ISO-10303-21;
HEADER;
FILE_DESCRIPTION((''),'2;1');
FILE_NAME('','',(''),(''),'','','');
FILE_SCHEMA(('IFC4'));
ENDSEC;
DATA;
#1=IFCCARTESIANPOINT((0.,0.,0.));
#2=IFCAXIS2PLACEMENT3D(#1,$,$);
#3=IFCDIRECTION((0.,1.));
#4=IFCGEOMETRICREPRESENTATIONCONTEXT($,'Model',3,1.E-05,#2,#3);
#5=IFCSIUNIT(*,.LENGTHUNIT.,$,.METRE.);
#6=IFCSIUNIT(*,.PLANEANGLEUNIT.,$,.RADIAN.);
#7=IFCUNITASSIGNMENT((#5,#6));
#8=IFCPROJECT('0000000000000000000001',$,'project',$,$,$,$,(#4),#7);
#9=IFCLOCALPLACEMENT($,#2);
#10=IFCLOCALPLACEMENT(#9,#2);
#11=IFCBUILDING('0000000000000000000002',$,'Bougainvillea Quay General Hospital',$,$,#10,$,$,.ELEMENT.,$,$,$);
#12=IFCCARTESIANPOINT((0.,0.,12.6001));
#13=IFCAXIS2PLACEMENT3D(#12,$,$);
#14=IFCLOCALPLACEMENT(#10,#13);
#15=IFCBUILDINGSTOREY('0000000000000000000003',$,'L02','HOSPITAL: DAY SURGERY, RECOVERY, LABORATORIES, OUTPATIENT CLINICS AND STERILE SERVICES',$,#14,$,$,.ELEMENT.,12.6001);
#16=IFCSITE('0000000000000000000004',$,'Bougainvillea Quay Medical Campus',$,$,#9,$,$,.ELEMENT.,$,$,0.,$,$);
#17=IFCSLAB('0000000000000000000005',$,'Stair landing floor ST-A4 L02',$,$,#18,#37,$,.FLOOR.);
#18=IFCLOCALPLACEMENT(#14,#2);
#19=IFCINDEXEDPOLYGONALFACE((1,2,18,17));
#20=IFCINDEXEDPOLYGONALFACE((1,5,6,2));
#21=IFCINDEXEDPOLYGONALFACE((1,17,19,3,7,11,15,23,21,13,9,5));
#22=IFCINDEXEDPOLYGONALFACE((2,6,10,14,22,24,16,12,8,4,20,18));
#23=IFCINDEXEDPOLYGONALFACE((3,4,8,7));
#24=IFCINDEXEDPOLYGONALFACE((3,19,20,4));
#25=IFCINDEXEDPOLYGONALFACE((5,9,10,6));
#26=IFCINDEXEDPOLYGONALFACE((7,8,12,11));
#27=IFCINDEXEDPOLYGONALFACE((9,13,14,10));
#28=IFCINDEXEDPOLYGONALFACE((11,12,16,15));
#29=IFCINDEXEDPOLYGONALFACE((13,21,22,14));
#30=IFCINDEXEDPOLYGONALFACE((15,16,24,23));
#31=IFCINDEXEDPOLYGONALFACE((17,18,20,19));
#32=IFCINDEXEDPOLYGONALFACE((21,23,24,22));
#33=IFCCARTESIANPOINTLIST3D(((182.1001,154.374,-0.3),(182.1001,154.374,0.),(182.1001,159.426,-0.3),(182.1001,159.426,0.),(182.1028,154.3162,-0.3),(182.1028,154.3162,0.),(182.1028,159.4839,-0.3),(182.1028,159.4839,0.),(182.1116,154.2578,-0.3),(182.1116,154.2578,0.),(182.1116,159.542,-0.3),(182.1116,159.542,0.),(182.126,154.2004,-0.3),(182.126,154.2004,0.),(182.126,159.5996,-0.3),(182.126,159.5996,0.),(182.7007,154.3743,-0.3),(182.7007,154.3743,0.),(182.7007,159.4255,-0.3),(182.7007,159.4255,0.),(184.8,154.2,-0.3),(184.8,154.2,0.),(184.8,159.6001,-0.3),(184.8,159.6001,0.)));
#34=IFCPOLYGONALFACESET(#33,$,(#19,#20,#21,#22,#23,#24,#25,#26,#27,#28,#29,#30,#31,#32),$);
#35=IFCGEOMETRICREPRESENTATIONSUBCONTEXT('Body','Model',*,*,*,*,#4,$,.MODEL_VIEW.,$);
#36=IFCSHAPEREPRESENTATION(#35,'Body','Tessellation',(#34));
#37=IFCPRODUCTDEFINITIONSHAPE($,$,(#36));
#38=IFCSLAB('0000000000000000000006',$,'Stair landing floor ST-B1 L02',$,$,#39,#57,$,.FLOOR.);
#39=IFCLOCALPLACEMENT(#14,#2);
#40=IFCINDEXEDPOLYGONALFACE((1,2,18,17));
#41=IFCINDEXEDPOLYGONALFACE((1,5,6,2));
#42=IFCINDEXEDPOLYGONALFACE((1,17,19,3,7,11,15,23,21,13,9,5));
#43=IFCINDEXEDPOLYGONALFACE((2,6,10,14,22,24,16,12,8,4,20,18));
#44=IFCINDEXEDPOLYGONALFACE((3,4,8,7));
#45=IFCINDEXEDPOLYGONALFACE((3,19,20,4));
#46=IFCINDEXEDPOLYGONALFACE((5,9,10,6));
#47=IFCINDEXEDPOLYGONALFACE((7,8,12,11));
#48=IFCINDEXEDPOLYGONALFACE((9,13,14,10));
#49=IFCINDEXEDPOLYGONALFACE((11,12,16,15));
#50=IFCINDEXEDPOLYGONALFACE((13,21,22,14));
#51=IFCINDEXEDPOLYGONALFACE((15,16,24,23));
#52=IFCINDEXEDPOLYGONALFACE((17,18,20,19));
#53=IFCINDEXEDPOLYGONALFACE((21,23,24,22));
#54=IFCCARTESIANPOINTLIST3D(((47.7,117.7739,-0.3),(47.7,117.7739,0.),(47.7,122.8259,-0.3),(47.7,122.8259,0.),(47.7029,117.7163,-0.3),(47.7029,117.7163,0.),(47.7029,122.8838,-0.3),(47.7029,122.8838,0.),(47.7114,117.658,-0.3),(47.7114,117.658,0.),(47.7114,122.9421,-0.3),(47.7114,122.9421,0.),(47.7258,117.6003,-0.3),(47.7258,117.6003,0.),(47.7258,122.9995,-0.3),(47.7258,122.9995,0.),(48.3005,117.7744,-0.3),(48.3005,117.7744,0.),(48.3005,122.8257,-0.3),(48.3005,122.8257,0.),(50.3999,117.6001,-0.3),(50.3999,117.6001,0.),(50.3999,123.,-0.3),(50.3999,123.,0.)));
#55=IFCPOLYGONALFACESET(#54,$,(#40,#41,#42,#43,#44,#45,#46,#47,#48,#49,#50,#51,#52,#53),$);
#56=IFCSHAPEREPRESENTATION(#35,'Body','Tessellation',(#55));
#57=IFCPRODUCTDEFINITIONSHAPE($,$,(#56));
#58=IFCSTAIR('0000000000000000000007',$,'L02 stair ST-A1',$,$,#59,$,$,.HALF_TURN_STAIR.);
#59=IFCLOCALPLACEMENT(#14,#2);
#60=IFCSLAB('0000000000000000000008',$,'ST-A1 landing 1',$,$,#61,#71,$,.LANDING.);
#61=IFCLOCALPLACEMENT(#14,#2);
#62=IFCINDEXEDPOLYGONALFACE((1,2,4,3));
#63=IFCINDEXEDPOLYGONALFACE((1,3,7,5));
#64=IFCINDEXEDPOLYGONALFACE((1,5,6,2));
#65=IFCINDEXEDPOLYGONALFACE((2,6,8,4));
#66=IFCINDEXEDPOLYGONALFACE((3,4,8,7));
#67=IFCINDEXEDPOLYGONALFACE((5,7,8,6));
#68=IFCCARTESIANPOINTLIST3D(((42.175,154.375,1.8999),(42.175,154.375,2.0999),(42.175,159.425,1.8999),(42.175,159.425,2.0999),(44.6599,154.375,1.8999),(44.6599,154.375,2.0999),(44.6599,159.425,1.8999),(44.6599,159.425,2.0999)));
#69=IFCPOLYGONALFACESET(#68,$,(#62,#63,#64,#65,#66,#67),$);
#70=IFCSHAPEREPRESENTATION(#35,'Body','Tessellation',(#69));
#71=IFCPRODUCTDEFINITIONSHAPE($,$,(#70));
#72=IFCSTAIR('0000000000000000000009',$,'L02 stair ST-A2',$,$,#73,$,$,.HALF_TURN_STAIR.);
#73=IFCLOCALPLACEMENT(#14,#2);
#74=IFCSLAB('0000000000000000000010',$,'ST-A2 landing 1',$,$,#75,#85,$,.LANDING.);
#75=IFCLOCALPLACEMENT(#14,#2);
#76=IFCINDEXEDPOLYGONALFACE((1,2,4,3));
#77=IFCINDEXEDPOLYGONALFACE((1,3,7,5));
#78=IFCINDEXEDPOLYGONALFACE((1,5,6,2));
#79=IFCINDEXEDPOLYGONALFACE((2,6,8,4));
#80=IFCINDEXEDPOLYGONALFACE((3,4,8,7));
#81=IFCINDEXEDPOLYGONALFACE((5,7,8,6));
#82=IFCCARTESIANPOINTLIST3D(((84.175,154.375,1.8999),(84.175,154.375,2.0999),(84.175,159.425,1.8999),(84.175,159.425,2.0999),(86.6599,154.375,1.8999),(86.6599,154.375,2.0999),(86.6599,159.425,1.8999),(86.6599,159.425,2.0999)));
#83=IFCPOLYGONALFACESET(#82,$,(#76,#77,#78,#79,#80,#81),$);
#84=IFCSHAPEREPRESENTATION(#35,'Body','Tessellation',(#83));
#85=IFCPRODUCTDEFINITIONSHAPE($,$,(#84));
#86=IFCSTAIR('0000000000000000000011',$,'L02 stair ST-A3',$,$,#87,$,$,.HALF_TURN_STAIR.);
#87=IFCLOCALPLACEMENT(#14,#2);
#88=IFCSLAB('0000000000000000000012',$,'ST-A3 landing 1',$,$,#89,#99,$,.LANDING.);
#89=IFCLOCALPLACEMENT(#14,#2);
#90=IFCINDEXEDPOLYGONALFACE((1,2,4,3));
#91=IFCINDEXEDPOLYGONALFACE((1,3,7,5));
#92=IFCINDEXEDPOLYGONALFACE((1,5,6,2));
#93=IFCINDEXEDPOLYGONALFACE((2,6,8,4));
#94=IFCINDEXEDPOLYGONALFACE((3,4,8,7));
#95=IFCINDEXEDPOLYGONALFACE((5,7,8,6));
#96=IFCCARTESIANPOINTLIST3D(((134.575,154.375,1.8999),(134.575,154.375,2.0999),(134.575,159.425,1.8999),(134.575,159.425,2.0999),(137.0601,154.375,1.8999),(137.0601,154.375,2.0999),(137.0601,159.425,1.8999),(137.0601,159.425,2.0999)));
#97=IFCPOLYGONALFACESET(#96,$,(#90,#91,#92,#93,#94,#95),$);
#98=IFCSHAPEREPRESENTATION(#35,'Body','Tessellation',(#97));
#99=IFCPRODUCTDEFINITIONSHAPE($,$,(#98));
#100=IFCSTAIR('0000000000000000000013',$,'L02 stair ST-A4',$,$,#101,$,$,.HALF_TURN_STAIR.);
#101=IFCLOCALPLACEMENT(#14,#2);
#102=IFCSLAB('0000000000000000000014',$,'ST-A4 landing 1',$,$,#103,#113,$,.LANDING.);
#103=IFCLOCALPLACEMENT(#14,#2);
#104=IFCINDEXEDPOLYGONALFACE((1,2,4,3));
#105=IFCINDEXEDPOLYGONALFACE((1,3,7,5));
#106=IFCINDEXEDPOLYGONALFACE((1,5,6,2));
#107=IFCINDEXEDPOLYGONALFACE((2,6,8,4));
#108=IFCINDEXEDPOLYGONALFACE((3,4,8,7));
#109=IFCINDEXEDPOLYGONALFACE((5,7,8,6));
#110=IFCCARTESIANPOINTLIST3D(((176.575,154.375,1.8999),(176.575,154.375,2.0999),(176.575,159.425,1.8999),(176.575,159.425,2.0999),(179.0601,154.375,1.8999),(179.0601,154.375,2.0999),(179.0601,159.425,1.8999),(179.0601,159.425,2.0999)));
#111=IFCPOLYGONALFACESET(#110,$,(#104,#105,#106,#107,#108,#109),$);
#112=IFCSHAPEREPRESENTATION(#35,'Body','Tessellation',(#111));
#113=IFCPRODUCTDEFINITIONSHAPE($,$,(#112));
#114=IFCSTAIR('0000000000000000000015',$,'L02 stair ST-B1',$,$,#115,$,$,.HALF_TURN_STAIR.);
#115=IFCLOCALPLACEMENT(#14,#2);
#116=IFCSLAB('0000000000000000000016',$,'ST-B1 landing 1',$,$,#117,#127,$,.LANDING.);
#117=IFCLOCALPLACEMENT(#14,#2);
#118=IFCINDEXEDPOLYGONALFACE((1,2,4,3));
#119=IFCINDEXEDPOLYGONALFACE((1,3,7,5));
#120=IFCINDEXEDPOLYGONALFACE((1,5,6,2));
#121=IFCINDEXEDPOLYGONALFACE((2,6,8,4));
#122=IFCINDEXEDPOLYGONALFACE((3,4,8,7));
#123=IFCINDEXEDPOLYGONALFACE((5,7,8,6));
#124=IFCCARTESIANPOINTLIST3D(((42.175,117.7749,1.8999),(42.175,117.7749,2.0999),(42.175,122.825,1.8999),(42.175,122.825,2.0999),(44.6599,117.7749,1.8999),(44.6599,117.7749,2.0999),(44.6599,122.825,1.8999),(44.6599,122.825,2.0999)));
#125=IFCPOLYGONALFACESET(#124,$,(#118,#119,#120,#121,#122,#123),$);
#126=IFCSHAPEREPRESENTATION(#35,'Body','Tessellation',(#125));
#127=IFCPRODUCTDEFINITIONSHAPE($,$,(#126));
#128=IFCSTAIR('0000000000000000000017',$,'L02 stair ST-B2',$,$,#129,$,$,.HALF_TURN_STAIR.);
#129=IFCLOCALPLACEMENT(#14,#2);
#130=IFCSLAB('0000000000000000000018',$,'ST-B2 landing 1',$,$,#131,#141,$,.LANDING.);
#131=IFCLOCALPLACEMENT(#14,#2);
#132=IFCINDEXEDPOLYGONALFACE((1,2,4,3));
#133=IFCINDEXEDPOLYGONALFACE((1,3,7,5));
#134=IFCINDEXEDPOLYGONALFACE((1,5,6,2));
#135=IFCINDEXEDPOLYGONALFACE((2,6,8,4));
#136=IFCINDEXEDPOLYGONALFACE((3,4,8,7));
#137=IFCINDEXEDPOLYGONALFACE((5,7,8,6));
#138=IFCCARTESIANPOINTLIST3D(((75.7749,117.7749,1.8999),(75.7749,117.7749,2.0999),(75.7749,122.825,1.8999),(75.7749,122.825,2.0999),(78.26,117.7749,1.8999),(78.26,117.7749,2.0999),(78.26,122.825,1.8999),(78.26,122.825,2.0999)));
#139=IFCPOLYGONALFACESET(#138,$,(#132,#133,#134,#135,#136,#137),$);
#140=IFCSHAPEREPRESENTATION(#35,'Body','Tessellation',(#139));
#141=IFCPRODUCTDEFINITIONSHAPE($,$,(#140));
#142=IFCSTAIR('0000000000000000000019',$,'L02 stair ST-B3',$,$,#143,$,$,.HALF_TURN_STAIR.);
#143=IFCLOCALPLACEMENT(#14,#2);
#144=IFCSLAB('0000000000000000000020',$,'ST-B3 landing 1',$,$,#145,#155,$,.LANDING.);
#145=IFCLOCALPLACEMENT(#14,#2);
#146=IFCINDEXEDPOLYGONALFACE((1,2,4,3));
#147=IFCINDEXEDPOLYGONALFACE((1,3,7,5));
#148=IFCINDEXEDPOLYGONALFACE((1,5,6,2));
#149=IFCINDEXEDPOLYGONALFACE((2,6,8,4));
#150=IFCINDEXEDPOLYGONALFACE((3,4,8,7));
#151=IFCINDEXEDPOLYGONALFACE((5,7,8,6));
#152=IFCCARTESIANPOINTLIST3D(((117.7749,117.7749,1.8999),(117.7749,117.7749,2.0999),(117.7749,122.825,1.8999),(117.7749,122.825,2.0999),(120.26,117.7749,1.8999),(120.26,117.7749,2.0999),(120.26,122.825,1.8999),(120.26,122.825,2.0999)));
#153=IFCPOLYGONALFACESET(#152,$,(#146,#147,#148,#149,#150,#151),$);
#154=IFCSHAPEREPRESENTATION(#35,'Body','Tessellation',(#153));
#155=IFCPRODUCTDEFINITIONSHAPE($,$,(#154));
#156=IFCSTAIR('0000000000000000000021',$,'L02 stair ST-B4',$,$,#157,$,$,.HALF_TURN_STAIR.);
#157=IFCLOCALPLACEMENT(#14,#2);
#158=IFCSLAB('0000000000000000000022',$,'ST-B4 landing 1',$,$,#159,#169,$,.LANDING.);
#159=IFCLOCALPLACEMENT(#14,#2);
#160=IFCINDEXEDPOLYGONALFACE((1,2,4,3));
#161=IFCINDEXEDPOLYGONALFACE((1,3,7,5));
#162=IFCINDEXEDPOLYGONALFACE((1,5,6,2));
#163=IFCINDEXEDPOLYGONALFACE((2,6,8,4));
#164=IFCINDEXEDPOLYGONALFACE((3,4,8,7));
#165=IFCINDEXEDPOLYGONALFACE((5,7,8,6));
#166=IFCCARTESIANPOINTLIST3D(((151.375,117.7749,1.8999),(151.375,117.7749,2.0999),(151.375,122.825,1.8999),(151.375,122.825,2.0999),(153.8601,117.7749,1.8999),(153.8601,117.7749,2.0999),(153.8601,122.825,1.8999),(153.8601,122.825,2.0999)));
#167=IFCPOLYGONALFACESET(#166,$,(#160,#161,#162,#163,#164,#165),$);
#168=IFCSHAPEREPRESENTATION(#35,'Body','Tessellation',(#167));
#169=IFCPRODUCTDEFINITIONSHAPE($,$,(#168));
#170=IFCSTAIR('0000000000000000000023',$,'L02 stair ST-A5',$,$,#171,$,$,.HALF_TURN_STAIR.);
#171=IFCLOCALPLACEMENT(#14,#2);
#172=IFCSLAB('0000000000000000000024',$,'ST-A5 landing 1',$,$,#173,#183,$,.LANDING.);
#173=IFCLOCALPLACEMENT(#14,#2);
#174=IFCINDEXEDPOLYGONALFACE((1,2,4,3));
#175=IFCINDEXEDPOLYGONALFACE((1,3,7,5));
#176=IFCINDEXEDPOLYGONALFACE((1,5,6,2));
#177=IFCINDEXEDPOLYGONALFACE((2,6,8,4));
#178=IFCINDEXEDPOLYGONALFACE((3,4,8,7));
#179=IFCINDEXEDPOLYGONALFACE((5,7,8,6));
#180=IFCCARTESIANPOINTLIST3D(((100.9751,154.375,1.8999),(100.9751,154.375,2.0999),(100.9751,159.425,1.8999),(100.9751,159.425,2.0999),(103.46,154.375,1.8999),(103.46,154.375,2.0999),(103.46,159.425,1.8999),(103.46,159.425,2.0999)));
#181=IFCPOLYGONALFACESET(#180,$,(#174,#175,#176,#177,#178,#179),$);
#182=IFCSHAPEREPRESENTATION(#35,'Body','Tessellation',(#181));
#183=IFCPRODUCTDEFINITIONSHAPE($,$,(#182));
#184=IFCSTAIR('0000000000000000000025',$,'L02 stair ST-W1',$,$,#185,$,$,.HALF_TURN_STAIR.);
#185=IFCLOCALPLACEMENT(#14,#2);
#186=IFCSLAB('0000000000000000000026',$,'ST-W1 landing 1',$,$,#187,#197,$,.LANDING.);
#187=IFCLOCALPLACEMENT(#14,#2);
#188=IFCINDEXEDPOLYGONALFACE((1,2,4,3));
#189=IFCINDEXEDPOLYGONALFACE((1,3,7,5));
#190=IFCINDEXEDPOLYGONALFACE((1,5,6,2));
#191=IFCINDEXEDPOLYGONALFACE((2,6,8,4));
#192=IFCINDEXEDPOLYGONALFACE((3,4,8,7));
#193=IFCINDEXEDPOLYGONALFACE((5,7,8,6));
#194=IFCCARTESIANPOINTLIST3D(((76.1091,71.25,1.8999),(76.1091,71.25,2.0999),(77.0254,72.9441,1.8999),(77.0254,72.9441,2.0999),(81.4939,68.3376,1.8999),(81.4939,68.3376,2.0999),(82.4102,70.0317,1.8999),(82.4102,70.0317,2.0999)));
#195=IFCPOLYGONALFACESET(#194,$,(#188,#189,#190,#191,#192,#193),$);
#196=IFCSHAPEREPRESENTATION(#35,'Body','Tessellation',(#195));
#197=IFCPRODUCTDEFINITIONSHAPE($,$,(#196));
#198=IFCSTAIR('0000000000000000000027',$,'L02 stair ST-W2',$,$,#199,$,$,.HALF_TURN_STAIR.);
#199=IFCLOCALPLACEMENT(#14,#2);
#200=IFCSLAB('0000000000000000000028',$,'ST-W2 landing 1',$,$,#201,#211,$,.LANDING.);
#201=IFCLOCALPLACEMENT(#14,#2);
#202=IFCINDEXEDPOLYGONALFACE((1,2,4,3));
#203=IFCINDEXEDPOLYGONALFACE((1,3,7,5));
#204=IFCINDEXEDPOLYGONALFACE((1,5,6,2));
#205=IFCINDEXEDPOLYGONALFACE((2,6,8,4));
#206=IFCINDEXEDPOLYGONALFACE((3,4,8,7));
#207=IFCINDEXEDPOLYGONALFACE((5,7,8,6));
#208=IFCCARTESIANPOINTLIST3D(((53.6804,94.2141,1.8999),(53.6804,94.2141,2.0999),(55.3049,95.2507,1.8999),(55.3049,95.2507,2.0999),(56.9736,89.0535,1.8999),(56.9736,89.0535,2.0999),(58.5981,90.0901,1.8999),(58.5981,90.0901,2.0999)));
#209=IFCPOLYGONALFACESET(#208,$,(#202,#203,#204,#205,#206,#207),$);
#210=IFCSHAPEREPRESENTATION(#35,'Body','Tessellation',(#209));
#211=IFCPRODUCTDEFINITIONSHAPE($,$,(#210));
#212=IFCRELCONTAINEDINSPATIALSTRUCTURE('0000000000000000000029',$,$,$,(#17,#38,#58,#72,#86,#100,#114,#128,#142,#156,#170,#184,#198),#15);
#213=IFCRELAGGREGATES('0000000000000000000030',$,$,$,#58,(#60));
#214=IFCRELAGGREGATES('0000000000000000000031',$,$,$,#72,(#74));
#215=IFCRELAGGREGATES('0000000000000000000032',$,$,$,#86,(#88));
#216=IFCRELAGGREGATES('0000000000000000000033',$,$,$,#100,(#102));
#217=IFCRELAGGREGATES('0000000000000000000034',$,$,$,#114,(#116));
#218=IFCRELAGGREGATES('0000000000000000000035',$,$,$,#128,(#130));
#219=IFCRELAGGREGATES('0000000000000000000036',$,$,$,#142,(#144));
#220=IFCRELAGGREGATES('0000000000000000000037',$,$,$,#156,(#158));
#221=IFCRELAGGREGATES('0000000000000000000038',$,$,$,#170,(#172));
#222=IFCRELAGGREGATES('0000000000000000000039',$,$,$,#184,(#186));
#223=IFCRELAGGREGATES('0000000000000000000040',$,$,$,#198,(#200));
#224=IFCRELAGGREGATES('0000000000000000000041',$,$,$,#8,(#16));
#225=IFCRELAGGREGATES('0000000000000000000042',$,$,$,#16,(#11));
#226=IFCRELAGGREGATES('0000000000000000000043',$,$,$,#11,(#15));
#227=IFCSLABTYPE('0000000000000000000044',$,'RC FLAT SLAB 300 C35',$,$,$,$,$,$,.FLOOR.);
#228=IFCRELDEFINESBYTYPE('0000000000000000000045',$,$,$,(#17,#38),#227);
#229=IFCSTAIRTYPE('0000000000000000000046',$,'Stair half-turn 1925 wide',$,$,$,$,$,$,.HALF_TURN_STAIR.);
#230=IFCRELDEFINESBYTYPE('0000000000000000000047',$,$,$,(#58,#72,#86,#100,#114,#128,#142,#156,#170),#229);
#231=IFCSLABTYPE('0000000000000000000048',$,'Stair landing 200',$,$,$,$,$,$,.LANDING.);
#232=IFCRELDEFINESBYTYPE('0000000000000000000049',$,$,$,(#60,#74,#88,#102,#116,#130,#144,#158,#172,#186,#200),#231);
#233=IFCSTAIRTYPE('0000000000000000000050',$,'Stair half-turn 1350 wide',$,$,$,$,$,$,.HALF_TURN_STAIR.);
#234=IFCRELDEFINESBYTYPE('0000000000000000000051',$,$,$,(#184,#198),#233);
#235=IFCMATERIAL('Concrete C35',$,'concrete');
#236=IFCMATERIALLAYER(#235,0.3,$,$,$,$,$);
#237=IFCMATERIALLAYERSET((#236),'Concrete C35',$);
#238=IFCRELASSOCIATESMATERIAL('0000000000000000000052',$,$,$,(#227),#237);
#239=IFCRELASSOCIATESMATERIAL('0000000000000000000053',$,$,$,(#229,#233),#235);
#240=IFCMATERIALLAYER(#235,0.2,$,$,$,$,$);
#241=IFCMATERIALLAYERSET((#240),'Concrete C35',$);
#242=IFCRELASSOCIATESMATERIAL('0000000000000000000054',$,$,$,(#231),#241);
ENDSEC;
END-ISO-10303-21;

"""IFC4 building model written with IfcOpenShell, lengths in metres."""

from ifc_helpers import new_model, si_unit, direction, frame, origin, place, context, subcontext, project, spatial, polyline, outline, extrude, material, layer, layer_set, type_object, element, aggregate, save


model = new_model("IFC4")

# Units and contexts
model_context = context("Model", 3, precision=1e-05, world=origin(), true_north=direction((0.0, 1.0)))
body_context = subcontext(model_context, "Body", "Model", "MODEL_VIEW")
ifc_project = project(units=[si_unit("LENGTHUNIT", "METRE"), si_unit("PLANEANGLEUNIT", "RADIAN")], contexts=[model_context])

# Site, building, storey
site_placement = place(None, origin())
site = spatial("IfcSite", under=ifc_project, at=site_placement, Name="Bougainvillea Quay Medical Campus", CompositionType="ELEMENT", RefElevation=0.0)
building_placement = place(site_placement, origin())
building = spatial("IfcBuilding", under=site, at=building_placement, Name="Bougainvillea Quay General Hospital", CompositionType="ELEMENT")
storey_placement = place(building_placement, frame((0.0, 0.0, 12.6001)))
storey = spatial("IfcBuildingStorey", under=building, at=storey_placement, Name="L02", Description="HOSPITAL: DAY SURGERY, RECOVERY, LABORATORIES, OUTPATIENT CLINICS AND STERILE SERVICES", CompositionType="ELEMENT", Elevation=12.6001)

# Slabs
ifc_material_1 = material(Name="Concrete C35", Category="concrete")
ifc_layer_1 = layer(ifc_material_1, 0.3)
ifc_layer_set_1 = layer_set([ifc_layer_1], Name="Concrete C35")
slab_type_1 = type_object("IfcSlabType", Name="RC FLAT SLAB 300 C35", PredefinedType="FLOOR", material=ifc_layer_set_1)
slab_1_placement = place(storey_placement, frame((0.0, 0.0, -0.3)))
element("IfcSlab", 1, at=slab_1_placement, inside=storey, type_object=slab_type_1, Name="Stair landing floor ST-A4 L02", PredefinedType="FLOOR", context=body_context, shape_type="SweptSolid", body=[
    extrude(outline(polyline([(182.1028, 159.4839), (182.1116, 159.542), (182.126, 159.5996), (184.8, 159.6001), (184.8, 154.2), (182.126, 154.2004), (182.1116, 154.2578), (182.1028, 154.3162), (182.1001, 154.374), (182.7007, 154.3743), (182.7007, 159.4255), (182.1001, 159.426), (182.1028, 159.4839)])), origin(), (0.0, 0.0, 1.0), 0.3),
])
slab_2_placement = place(storey_placement, frame((0.0, 0.0, -0.3)))
element("IfcSlab", 2, at=slab_2_placement, inside=storey, type_object=slab_type_1, Name="Stair landing floor ST-B1 L02", PredefinedType="FLOOR", context=body_context, shape_type="SweptSolid", body=[
    extrude(outline(polyline([(47.7029, 122.8838), (47.7114, 122.9421), (47.7258, 122.9995), (50.3999, 123.0), (50.3999, 117.6001), (47.7258, 117.6003), (47.7114, 117.658), (47.7029, 117.7163), (47.7, 117.7739), (48.3005, 117.7744), (48.3005, 122.8257), (47.7, 122.8259), (47.7029, 122.8838)])), origin(), (0.0, 0.0, 1.0), 0.3),
])

# Stairs, slabs
stair_type_1 = type_object("IfcStairType", Name="Stair half-turn 1925 wide", PredefinedType="HALF_TURN_STAIR", material=ifc_material_1)
stair_1_placement = place(storey_placement, origin())
stair_1 = element("IfcStair", 3, at=stair_1_placement, inside=storey, type_object=stair_type_1, Name="L02 stair ST-A1", PredefinedType="HALF_TURN_STAIR")
ifc_layer_2 = layer(ifc_material_1, 0.2)
ifc_layer_set_2 = layer_set([ifc_layer_2], Name="Concrete C35")
slab_type_2 = type_object("IfcSlabType", Name="Stair landing 200", PredefinedType="LANDING", material=ifc_layer_set_2)
slab_3_placement = place(storey_placement, frame((0.0, 0.0, 1.8999)))
slab_3 = element("IfcSlab", 4, at=slab_3_placement, type_object=slab_type_2, Name="ST-A1 landing 1", PredefinedType="LANDING", context=body_context, shape_type="SweptSolid", body=[
    extrude(outline(polyline([(44.6599, 159.425), (42.175, 159.425), (42.175, 154.375), (44.6599, 154.375), (44.6599, 159.425)])), origin(), (0.0, 0.0, 1.0), 0.2),
])
aggregate(stair_1, [slab_3])
stair_2_placement = place(storey_placement, origin())
stair_2 = element("IfcStair", 5, at=stair_2_placement, inside=storey, type_object=stair_type_1, Name="L02 stair ST-A2", PredefinedType="HALF_TURN_STAIR")
slab_4_placement = place(storey_placement, frame((0.0, 0.0, 1.8999)))
slab_4 = element("IfcSlab", 6, at=slab_4_placement, type_object=slab_type_2, Name="ST-A2 landing 1", PredefinedType="LANDING", context=body_context, shape_type="SweptSolid", body=[
    extrude(outline(polyline([(86.6599, 159.425), (84.175, 159.425), (84.175, 154.375), (86.6599, 154.375), (86.6599, 159.425)])), origin(), (0.0, 0.0, 1.0), 0.2),
])
aggregate(stair_2, [slab_4])
stair_3_placement = place(storey_placement, origin())
stair_3 = element("IfcStair", 7, at=stair_3_placement, inside=storey, type_object=stair_type_1, Name="L02 stair ST-A3", PredefinedType="HALF_TURN_STAIR")
slab_5_placement = place(storey_placement, frame((0.0, 0.0, 1.8999)))
slab_5 = element("IfcSlab", 8, at=slab_5_placement, type_object=slab_type_2, Name="ST-A3 landing 1", PredefinedType="LANDING", context=body_context, shape_type="SweptSolid", body=[
    extrude(outline(polyline([(137.0601, 159.425), (134.575, 159.425), (134.575, 154.375), (137.0601, 154.375), (137.0601, 159.425)])), origin(), (0.0, 0.0, 1.0), 0.2),
])
aggregate(stair_3, [slab_5])
stair_4_placement = place(storey_placement, origin())
stair_4 = element("IfcStair", 9, at=stair_4_placement, inside=storey, type_object=stair_type_1, Name="L02 stair ST-A4", PredefinedType="HALF_TURN_STAIR")
slab_6_placement = place(storey_placement, frame((0.0, 0.0, 1.8999)))
slab_6 = element("IfcSlab", 10, at=slab_6_placement, type_object=slab_type_2, Name="ST-A4 landing 1", PredefinedType="LANDING", context=body_context, shape_type="SweptSolid", body=[
    extrude(outline(polyline([(179.0601, 159.425), (176.575, 159.425), (176.575, 154.375), (179.0601, 154.375), (179.0601, 159.425)])), origin(), (0.0, 0.0, 1.0), 0.2),
])
aggregate(stair_4, [slab_6])
stair_5_placement = place(storey_placement, origin())
stair_5 = element("IfcStair", 11, at=stair_5_placement, inside=storey, type_object=stair_type_1, Name="L02 stair ST-B1", PredefinedType="HALF_TURN_STAIR")
slab_7_placement = place(storey_placement, frame((0.0, 0.0, 1.8999)))
slab_7 = element("IfcSlab", 12, at=slab_7_placement, type_object=slab_type_2, Name="ST-B1 landing 1", PredefinedType="LANDING", context=body_context, shape_type="SweptSolid", body=[
    extrude(outline(polyline([(44.6599, 122.825), (42.175, 122.825), (42.175, 117.7749), (44.6599, 117.7749), (44.6599, 122.825)])), origin(), (0.0, 0.0, 1.0), 0.2),
])
aggregate(stair_5, [slab_7])
stair_6_placement = place(storey_placement, origin())
stair_6 = element("IfcStair", 13, at=stair_6_placement, inside=storey, type_object=stair_type_1, Name="L02 stair ST-B2", PredefinedType="HALF_TURN_STAIR")
slab_8_placement = place(storey_placement, frame((0.0, 0.0, 1.8999)))
slab_8 = element("IfcSlab", 14, at=slab_8_placement, type_object=slab_type_2, Name="ST-B2 landing 1", PredefinedType="LANDING", context=body_context, shape_type="SweptSolid", body=[
    extrude(outline(polyline([(78.26, 122.825), (75.7749, 122.825), (75.7749, 117.7749), (78.26, 117.7749), (78.26, 122.825)])), origin(), (0.0, 0.0, 1.0), 0.2),
])
aggregate(stair_6, [slab_8])
stair_7_placement = place(storey_placement, origin())
stair_7 = element("IfcStair", 15, at=stair_7_placement, inside=storey, type_object=stair_type_1, Name="L02 stair ST-B3", PredefinedType="HALF_TURN_STAIR")
slab_9_placement = place(storey_placement, frame((0.0, 0.0, 1.8999)))
slab_9 = element("IfcSlab", 16, at=slab_9_placement, type_object=slab_type_2, Name="ST-B3 landing 1", PredefinedType="LANDING", context=body_context, shape_type="SweptSolid", body=[
    extrude(outline(polyline([(120.26, 122.825), (117.7749, 122.825), (117.7749, 117.7749), (120.26, 117.7749), (120.26, 122.825)])), origin(), (0.0, 0.0, 1.0), 0.2),
])
aggregate(stair_7, [slab_9])
stair_8_placement = place(storey_placement, origin())
stair_8 = element("IfcStair", 17, at=stair_8_placement, inside=storey, type_object=stair_type_1, Name="L02 stair ST-B4", PredefinedType="HALF_TURN_STAIR")
slab_10_placement = place(storey_placement, frame((0.0, 0.0, 1.8999)))
slab_10 = element("IfcSlab", 18, at=slab_10_placement, type_object=slab_type_2, Name="ST-B4 landing 1", PredefinedType="LANDING", context=body_context, shape_type="SweptSolid", body=[
    extrude(outline(polyline([(153.8601, 122.825), (151.375, 122.825), (151.375, 117.7749), (153.8601, 117.7749), (153.8601, 122.825)])), origin(), (0.0, 0.0, 1.0), 0.2),
])
aggregate(stair_8, [slab_10])
stair_9_placement = place(storey_placement, origin())
stair_9 = element("IfcStair", 19, at=stair_9_placement, inside=storey, type_object=stair_type_1, Name="L02 stair ST-A5", PredefinedType="HALF_TURN_STAIR")
slab_11_placement = place(storey_placement, frame((0.0, 0.0, 1.8999)))
slab_11 = element("IfcSlab", 20, at=slab_11_placement, type_object=slab_type_2, Name="ST-A5 landing 1", PredefinedType="LANDING", context=body_context, shape_type="SweptSolid", body=[
    extrude(outline(polyline([(103.46, 159.425), (100.9751, 159.425), (100.9751, 154.375), (103.46, 154.375), (103.46, 159.425)])), origin(), (0.0, 0.0, 1.0), 0.2),
])
aggregate(stair_9, [slab_11])
stair_type_2 = type_object("IfcStairType", Name="Stair half-turn 1350 wide", PredefinedType="HALF_TURN_STAIR", material=ifc_material_1)
stair_10_placement = place(storey_placement, origin())
stair_10 = element("IfcStair", 21, at=stair_10_placement, inside=storey, type_object=stair_type_2, Name="L02 stair ST-W1", PredefinedType="HALF_TURN_STAIR")
slab_12_placement = place(storey_placement, frame((0.0, 0.0, 1.8999)))
slab_12 = element("IfcSlab", 22, at=slab_12_placement, type_object=slab_type_2, Name="ST-W1 landing 1", PredefinedType="LANDING", context=body_context, shape_type="SweptSolid", body=[
    extrude(outline(polyline([(77.0254, 72.9441), (76.1091, 71.25), (81.4939, 68.3376), (82.4102, 70.0317), (77.0254, 72.9441)])), origin(), (0.0, 0.0, 1.0), 0.2),
])
aggregate(stair_10, [slab_12])
stair_11_placement = place(storey_placement, origin())
stair_11 = element("IfcStair", 23, at=stair_11_placement, inside=storey, type_object=stair_type_2, Name="L02 stair ST-W2", PredefinedType="HALF_TURN_STAIR")
slab_13_placement = place(storey_placement, frame((0.0, 0.0, 1.8999)))
slab_13 = element("IfcSlab", 24, at=slab_13_placement, type_object=slab_type_2, Name="ST-W2 landing 1", PredefinedType="LANDING", context=body_context, shape_type="SweptSolid", body=[
    extrude(outline(polyline([(55.3049, 95.2507), (53.6804, 94.2141), (56.9736, 89.0535), (58.5981, 90.0901), (55.3049, 95.2507)])), origin(), (0.0, 0.0, 1.0), 0.2),
])
aggregate(stair_11, [slab_13])

save(model, "model.ifc")
